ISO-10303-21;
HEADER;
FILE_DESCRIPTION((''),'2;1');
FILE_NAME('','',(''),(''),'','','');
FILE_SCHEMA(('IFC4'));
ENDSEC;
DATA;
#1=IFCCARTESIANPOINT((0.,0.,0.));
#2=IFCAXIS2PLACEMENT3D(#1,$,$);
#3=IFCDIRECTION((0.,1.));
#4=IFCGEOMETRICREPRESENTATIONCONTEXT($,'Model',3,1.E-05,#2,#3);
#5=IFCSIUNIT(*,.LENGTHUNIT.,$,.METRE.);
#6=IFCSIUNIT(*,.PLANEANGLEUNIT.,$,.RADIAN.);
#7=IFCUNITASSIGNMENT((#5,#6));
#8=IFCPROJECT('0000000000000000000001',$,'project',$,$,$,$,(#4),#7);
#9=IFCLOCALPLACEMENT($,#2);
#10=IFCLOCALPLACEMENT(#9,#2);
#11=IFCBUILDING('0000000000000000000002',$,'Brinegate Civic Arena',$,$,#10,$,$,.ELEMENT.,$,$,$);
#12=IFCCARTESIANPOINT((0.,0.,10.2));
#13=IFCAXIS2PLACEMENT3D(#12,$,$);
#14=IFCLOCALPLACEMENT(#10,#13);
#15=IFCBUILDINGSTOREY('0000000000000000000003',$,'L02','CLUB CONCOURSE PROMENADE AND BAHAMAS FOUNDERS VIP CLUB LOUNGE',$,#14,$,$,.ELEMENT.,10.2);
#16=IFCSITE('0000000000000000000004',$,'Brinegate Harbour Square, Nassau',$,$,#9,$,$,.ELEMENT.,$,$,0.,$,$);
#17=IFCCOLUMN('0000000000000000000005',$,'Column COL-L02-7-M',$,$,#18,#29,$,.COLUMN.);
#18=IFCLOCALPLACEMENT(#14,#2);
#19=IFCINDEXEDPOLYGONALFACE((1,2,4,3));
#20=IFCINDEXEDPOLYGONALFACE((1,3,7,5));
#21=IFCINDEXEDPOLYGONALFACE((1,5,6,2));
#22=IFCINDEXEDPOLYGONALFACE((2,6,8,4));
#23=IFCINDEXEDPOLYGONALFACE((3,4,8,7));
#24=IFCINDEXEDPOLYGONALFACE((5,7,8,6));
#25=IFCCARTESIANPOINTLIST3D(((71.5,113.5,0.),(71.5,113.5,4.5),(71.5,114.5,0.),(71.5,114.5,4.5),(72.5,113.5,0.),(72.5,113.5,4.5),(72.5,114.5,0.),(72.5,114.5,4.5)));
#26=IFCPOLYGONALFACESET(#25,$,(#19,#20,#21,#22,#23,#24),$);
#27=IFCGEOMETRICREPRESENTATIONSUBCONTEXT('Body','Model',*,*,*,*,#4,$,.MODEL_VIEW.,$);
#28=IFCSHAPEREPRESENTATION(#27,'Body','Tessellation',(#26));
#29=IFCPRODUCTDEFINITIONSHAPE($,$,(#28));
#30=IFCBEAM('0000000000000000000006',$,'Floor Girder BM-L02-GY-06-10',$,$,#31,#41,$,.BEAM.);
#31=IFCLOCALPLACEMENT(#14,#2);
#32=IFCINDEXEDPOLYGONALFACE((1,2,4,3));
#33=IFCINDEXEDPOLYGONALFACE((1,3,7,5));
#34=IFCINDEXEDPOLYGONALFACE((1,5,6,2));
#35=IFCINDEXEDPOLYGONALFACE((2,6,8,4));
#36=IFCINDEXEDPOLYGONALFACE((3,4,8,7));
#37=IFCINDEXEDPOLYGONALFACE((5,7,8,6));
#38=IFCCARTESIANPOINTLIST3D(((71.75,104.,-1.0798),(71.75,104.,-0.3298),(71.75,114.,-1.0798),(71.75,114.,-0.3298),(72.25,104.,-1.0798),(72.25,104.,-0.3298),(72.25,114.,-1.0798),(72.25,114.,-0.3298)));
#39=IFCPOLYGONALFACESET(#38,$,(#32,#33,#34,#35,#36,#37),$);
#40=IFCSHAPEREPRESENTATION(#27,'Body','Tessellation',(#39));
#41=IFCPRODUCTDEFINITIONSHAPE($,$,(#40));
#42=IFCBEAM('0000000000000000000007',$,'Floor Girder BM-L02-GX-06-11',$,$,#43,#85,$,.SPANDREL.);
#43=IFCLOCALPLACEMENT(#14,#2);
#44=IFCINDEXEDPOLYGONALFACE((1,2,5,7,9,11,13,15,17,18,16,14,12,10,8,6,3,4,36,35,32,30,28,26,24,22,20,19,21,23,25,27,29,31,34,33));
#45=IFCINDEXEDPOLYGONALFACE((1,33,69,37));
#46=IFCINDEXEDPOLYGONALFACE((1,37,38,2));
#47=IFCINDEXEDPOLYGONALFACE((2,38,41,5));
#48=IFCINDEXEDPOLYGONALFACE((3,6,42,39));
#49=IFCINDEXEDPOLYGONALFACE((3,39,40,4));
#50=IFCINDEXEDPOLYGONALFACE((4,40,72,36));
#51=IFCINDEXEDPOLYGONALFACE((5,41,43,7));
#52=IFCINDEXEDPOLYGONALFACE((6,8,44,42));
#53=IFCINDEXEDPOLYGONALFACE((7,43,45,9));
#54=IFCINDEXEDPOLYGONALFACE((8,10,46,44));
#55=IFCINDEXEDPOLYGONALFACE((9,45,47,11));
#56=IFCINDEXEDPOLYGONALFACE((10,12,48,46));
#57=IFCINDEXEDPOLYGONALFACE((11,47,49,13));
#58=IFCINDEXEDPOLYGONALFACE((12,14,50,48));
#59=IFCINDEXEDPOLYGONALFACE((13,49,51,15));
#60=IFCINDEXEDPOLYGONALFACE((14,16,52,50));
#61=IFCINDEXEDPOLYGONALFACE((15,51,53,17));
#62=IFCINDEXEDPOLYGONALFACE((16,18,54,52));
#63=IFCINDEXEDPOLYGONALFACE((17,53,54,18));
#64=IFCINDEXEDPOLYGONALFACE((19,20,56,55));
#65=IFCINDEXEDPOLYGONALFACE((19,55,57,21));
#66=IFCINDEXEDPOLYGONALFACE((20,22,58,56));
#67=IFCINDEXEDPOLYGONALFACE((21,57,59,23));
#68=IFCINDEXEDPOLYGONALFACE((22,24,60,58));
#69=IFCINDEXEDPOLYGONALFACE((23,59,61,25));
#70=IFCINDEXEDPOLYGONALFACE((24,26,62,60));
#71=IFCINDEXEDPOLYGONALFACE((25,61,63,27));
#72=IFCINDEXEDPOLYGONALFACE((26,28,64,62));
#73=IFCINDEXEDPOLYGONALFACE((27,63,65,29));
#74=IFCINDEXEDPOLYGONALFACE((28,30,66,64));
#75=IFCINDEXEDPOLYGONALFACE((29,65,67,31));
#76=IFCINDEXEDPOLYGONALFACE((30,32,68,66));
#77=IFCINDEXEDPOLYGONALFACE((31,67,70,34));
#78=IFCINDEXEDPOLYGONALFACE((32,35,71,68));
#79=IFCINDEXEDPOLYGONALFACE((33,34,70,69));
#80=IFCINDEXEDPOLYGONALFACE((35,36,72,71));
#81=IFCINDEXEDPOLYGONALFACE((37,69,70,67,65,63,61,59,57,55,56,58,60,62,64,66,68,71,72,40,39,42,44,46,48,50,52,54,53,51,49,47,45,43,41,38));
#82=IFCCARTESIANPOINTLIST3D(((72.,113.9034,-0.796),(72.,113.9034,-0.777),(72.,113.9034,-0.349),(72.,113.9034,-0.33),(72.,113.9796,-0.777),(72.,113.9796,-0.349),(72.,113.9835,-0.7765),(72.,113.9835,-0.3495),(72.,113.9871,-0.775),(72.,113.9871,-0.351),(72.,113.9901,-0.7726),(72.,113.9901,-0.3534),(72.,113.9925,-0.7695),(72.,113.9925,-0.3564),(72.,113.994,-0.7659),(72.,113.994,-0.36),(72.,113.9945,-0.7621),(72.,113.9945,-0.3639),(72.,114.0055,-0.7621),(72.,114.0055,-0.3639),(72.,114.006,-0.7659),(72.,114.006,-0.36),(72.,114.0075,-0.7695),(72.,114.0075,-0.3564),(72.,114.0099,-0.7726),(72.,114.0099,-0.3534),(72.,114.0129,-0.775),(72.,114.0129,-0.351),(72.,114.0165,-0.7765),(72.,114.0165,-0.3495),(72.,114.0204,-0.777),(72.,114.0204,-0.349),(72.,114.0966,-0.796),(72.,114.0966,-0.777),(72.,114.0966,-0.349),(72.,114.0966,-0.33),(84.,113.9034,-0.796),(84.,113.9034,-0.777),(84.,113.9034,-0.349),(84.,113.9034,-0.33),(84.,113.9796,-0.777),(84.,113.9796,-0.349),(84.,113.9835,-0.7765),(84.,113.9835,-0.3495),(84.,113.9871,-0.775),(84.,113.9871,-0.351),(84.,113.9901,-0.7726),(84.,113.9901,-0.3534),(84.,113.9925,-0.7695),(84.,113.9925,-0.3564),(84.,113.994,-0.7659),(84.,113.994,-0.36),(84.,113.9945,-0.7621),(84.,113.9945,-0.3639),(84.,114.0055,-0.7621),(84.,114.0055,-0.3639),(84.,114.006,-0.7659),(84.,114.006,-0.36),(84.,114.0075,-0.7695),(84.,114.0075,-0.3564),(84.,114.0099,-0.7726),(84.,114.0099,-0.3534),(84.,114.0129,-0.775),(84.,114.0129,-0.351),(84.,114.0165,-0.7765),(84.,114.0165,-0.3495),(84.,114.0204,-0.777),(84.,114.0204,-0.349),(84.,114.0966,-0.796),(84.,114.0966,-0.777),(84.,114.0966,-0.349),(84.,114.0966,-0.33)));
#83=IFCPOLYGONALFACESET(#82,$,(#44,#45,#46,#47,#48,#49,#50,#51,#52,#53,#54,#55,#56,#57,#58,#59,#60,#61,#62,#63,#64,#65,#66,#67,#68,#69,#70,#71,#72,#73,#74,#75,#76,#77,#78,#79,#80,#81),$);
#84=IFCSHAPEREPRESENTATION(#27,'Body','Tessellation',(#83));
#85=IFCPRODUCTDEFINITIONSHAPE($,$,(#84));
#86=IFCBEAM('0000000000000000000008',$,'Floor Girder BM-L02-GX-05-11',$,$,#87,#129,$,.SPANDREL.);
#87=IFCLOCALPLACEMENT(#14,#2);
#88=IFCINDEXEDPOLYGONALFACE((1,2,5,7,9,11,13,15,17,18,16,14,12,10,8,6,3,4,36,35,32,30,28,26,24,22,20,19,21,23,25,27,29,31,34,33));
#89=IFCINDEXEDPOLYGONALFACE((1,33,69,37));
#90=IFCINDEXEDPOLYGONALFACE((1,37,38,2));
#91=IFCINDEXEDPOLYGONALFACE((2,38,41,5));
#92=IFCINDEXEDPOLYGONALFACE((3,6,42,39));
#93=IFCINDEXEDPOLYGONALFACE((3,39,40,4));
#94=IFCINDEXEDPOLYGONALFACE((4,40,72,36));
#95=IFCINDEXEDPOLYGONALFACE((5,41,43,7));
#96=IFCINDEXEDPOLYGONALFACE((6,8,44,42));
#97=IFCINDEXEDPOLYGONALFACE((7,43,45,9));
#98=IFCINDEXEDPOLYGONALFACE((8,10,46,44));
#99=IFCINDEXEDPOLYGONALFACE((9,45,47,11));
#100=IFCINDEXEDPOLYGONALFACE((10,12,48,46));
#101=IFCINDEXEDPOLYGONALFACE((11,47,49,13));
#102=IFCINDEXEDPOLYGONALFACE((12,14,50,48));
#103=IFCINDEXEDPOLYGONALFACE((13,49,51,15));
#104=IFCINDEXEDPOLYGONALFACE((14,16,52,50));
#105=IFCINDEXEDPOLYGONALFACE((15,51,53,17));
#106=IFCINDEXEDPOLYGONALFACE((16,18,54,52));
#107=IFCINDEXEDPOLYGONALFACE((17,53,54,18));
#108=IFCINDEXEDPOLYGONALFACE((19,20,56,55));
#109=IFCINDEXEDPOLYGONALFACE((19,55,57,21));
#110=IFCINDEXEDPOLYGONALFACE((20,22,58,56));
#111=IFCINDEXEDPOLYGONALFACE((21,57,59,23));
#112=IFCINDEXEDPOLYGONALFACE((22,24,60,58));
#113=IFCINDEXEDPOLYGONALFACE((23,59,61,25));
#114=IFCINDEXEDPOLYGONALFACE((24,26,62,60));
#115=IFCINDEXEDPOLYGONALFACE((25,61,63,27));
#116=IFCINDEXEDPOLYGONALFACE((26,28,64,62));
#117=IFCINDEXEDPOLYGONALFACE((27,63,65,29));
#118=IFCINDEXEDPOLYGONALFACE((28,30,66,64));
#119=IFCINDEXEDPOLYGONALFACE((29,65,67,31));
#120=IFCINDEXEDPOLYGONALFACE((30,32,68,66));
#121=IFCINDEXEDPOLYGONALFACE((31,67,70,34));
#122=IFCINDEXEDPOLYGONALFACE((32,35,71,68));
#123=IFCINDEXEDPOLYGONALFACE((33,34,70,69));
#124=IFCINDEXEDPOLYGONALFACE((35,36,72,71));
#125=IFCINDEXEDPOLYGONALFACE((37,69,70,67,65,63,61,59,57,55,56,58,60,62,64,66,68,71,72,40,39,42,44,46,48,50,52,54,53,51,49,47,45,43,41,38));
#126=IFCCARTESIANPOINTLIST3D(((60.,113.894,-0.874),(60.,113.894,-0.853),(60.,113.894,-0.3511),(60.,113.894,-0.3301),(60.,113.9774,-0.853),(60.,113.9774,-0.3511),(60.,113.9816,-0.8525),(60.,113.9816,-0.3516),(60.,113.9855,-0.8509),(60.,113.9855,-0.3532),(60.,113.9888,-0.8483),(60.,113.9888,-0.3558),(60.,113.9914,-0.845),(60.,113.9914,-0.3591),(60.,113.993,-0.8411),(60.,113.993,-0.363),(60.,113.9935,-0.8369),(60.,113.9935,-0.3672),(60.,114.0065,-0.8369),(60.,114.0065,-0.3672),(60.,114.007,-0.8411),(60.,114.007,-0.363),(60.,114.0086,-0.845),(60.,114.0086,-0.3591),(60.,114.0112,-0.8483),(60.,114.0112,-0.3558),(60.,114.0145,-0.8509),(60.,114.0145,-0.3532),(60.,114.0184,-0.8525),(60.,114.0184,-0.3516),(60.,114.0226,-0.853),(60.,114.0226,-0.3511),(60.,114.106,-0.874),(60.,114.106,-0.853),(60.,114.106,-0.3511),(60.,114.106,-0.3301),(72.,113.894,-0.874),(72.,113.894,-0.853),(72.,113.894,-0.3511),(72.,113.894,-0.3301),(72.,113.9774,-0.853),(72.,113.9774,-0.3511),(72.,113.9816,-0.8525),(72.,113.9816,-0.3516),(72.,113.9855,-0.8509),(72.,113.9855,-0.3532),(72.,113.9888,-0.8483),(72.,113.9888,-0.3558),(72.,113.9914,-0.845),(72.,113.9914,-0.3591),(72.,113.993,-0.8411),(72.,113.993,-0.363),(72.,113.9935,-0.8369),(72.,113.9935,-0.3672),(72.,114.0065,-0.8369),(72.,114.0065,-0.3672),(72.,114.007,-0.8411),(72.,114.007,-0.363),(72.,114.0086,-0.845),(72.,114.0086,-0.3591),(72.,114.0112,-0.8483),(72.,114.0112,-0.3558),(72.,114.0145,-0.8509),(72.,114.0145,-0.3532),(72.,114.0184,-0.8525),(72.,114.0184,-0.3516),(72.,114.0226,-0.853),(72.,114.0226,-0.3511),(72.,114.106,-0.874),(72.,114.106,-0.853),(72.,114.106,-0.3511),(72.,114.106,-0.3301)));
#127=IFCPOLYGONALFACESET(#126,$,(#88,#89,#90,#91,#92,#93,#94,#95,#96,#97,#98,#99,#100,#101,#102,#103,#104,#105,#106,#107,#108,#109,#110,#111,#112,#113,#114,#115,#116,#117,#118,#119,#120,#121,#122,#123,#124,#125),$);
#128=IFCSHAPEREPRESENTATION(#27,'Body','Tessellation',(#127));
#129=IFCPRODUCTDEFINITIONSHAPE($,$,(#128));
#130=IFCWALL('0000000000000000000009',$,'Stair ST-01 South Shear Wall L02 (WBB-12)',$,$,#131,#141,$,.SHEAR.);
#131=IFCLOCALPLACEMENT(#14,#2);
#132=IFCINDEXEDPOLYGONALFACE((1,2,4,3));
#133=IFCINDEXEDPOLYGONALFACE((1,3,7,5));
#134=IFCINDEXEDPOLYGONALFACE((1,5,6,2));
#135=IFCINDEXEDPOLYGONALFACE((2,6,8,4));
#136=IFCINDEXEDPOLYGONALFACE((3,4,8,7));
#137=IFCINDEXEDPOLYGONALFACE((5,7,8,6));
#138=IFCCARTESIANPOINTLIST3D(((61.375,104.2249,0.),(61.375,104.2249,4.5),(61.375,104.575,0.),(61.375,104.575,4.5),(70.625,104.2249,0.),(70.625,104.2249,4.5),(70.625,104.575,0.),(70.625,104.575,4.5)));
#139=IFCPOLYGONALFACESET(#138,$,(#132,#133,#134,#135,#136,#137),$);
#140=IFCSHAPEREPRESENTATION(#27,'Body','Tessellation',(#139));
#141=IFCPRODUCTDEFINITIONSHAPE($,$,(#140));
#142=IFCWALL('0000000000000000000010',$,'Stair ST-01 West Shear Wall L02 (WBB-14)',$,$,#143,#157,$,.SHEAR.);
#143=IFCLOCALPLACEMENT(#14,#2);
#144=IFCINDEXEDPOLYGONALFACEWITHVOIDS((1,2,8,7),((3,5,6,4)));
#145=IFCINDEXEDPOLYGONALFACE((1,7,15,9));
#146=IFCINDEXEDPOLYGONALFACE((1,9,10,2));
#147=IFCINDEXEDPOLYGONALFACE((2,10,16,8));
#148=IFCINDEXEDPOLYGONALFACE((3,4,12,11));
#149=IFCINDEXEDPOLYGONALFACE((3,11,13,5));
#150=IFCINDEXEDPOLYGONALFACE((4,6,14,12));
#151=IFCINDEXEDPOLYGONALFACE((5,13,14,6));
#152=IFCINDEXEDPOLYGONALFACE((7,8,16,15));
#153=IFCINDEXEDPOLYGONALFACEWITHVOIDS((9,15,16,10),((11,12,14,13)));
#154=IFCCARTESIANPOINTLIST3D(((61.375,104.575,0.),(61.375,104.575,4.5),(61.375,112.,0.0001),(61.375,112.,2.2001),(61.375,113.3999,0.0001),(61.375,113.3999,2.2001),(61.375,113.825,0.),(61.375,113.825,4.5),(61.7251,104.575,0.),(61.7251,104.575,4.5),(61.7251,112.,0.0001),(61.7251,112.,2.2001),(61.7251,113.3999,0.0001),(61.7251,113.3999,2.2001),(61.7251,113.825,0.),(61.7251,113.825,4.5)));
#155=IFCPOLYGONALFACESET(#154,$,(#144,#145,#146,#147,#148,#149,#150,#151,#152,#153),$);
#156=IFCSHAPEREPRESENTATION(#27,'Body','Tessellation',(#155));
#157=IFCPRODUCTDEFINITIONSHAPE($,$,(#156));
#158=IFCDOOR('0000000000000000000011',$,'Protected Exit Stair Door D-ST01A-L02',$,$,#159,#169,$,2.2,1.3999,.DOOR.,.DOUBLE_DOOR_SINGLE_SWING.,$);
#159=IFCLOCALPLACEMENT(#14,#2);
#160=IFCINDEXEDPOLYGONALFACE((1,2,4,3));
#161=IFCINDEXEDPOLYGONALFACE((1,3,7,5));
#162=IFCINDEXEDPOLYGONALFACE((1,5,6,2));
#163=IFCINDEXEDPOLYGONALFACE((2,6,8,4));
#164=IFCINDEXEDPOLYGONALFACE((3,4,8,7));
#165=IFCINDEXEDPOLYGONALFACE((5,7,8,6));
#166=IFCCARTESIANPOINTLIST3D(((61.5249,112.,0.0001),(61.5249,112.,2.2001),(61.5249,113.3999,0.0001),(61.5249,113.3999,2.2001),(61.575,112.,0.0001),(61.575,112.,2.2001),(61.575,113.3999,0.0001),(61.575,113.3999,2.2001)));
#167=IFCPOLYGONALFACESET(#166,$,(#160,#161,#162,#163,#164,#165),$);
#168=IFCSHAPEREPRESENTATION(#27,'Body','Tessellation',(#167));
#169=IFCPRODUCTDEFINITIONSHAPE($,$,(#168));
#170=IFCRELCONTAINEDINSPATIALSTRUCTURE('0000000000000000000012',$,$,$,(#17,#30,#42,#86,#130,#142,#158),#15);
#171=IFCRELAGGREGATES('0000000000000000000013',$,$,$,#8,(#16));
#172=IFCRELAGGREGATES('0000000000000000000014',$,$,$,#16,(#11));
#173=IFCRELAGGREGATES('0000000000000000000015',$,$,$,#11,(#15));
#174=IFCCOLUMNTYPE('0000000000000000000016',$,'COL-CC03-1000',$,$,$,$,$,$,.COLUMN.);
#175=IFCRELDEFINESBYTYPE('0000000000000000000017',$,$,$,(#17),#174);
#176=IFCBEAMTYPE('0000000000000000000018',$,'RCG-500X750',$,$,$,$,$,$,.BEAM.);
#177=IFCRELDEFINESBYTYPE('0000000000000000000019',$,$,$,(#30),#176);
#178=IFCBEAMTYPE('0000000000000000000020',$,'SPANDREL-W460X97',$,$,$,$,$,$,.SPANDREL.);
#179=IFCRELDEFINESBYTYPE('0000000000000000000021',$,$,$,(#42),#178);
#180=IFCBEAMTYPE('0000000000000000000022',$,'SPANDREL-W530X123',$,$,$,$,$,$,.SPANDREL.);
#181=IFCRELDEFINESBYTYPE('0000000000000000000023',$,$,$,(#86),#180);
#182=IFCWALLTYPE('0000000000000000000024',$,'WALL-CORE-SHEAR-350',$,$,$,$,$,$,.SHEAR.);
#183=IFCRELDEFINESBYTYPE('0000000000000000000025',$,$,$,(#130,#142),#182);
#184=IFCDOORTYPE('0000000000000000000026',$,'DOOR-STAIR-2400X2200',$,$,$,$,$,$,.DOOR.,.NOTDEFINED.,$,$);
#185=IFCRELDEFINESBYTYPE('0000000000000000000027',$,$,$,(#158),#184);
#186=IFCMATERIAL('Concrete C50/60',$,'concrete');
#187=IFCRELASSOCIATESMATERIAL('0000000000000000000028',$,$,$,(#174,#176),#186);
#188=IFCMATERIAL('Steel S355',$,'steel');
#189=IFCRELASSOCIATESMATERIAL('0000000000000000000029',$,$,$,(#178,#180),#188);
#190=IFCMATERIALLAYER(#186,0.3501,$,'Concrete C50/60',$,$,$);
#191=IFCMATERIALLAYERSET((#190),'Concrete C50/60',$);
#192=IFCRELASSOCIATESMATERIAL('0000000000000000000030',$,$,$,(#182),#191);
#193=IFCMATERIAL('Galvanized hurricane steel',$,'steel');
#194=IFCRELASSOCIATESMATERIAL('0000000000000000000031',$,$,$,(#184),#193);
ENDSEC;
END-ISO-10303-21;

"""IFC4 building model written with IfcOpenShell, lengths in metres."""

from ifc_helpers import new_model, si_unit, direction, frame, frame_2d, origin, origin_2d, place, context, subcontext, project, spatial, rectangle, i_section, extrude, material, layer, layer_set, material_profile, profile_set, type_object, element, fill, save


model = new_model("IFC4")

# Units and contexts
model_context = context("Model", 3, precision=1e-05, world=origin(), true_north=direction((0.0, 1.0)))
body_context = subcontext(model_context, "Body", "Model", "MODEL_VIEW")
ifc_project = project(units=[si_unit("LENGTHUNIT", "METRE"), si_unit("PLANEANGLEUNIT", "RADIAN")], contexts=[model_context])

# Site, building, storey
site_placement = place(None, origin())
site = spatial("IfcSite", under=ifc_project, at=site_placement, Name="Brinegate Harbour Square, Nassau", CompositionType="ELEMENT", RefElevation=0.0)
building_placement = place(site_placement, origin())
building = spatial("IfcBuilding", under=site, at=building_placement, Name="Brinegate Civic Arena", CompositionType="ELEMENT")
storey_placement = place(building_placement, frame((0.0, 0.0, 10.2)))
storey = spatial("IfcBuildingStorey", under=building, at=storey_placement, Name="L02", Description="CLUB CONCOURSE PROMENADE AND BAHAMAS FOUNDERS VIP CLUB LOUNGE", CompositionType="ELEMENT", Elevation=10.2)

# Column
ifc_material_1 = material(Name="Concrete C50/60", Category="concrete")
ifc_material_profile_1 = material_profile(ifc_material_1, rectangle(XDim=1.0, YDim=1.0, at=origin_2d()), Name="RC1000X1000")
ifc_profile_set_1 = profile_set([ifc_material_profile_1], Name="Concrete C50/60")
column_type = type_object("IfcColumnType", Name="COL-CC03-1000", PredefinedType="COLUMN", material=ifc_profile_set_1)
column_placement = place(storey_placement, frame((72.0, 114.0, 0.0), z_axis=(0.0, 0.0, 1.0), x_axis=(1.0, 0.0, 0.0)))
element("IfcColumn", 1, at=column_placement, inside=storey, type_object=column_type, Name="Column COL-L02-7-M", PredefinedType="COLUMN", context=body_context, shape_type="SweptSolid", body=[
    extrude(rectangle(XDim=1.0, YDim=1.0, at=origin_2d()), origin(), (0.0, 0.0, 1.0), 4.5),
])

# Beams
ifc_material_profile_2 = material_profile(ifc_material_1, rectangle(XDim=0.5, YDim=0.75, at=origin_2d()), Name="RCB500X750")
ifc_profile_set_2 = profile_set([ifc_material_profile_2], Name="Concrete C50/60")
beam_type_1 = type_object("IfcBeamType", Name="RCG-500X750", PredefinedType="BEAM", material=ifc_profile_set_2)
beam_1_placement = place(storey_placement, frame((72.0, 104.0, -0.7048), z_axis=(0.0, 1.0, 0.0), x_axis=(-1.0, 0.0, 0.0)))
element("IfcBeam", 2, at=beam_1_placement, inside=storey, type_object=beam_type_1, Name="Floor Girder BM-L02-GY-06-10", PredefinedType="BEAM", context=body_context, shape_type="SweptSolid", body=[
    extrude(rectangle(XDim=0.5, YDim=0.75, at=origin_2d()), origin(), (0.0, 0.0, 1.0), 10.0),
])
ifc_material_2 = material(Name="Steel S355", Category="steel")
ifc_material_profile_3 = material_profile(ifc_material_2, i_section(OverallWidth=0.1931, OverallDepth=0.4661, WebThickness=0.011, FlangeThickness=0.019, FilletRadius=0.0149, at=origin_2d()), Name="W460X97")
ifc_profile_set_3 = profile_set([ifc_material_profile_3], Name="Steel S355")
beam_type_2 = type_object("IfcBeamType", Name="SPANDREL-W460X97", PredefinedType="SPANDREL", material=ifc_profile_set_3)
beam_2_placement = place(storey_placement, frame((72.0, 114.0, -0.563), z_axis=(1.0, 0.0, 0.0), x_axis=(0.0, 1.0, 0.0)))
element("IfcBeam", 3, at=beam_2_placement, inside=storey, type_object=beam_type_2, Name="Floor Girder BM-L02-GX-06-11", PredefinedType="SPANDREL", context=body_context, shape_type="SweptSolid", body=[
    extrude(i_section(OverallWidth=0.1931, OverallDepth=0.4661, WebThickness=0.011, FlangeThickness=0.019, FilletRadius=0.0149, at=origin_2d()), origin(), (0.0, 0.0, 1.0), 12.0),
])
ifc_material_profile_4 = material_profile(ifc_material_2, i_section(OverallWidth=0.2119, OverallDepth=0.5439, WebThickness=0.0129, FlangeThickness=0.021, FilletRadius=0.0161, at=origin_2d()), Name="W530X123")
ifc_profile_set_4 = profile_set([ifc_material_profile_4], Name="Steel S355")
beam_type_3 = type_object("IfcBeamType", Name="SPANDREL-W530X123", PredefinedType="SPANDREL", material=ifc_profile_set_4)
beam_3_placement = place(storey_placement, frame((60.0, 114.0, -0.6021), z_axis=(1.0, 0.0, 0.0), x_axis=(0.0, 1.0, 0.0)))
element("IfcBeam", 4, at=beam_3_placement, inside=storey, type_object=beam_type_3, Name="Floor Girder BM-L02-GX-05-11", PredefinedType="SPANDREL", context=body_context, shape_type="SweptSolid", body=[
    extrude(i_section(OverallWidth=0.2119, OverallDepth=0.5439, WebThickness=0.0129, FlangeThickness=0.021, FilletRadius=0.0161, at=origin_2d()), origin(), (0.0, 0.0, 1.0), 12.0),
])

# Wall
ifc_layer_1 = layer(ifc_material_1, 0.3501, Name="Concrete C50/60")
ifc_layer_set_1 = layer_set([ifc_layer_1], Name="Concrete C50/60")
wall_type_1 = type_object("IfcWallType", Name="WALL-CORE-SHEAR-350", PredefinedType="SHEAR", material=ifc_layer_set_1)
wall_1_placement = place(storey_placement, frame((61.375, 104.3999, 0.0), z_axis=(0.0, 0.0, 1.0), x_axis=(1.0, 0.0, 0.0)))
element("IfcWall", 5, at=wall_1_placement, inside=storey, type_object=wall_type_1, Name="Stair ST-01 South Shear Wall L02 (WBB-12)", PredefinedType="SHEAR", context=body_context, shape_type="SweptSolid", body=[
    extrude(rectangle(XDim=9.25, YDim=0.3501, at=frame_2d((4.625, 0.0))), origin(), (0.0, 0.0, 1.0), 4.5),
])

# Wall, opening, door
wall_2_placement = place(storey_placement, frame((61.55, 104.575, 0.0), z_axis=(0.0, 0.0, 1.0), x_axis=(0.0, 1.0, 0.0)))
wall_2 = element("IfcWall", 6, at=wall_2_placement, inside=storey, type_object=wall_type_1, Name="Stair ST-01 West Shear Wall L02 (WBB-14)", PredefinedType="SHEAR", context=body_context, shape_type="SweptSolid", body=[
    extrude(rectangle(XDim=9.25, YDim=0.3501, at=frame_2d((4.625, 0.0))), origin(), (0.0, 0.0, 1.0), 4.5),
])
opening_1_placement = place(wall_2_placement, frame((7.425, 0.0, 0.0)))
opening_1 = element("IfcOpeningElement", 7, at=opening_1_placement, cuts=wall_2, PredefinedType="OPENING", context=body_context, shape_type="SweptSolid", body=[
    extrude(rectangle(XDim=1.3999, YDim=2.2, at=frame_2d((0.7, 1.1001))), frame((0.0, 0.1851, 0.0), z_axis=(0.0, -1.0, 0.0), x_axis=(1.0, 0.0, 0.0)), (0.0, 0.0, 1.0), 0.3701),
])
ifc_material_3 = material(Name="Galvanized hurricane steel", Category="steel")
door_type_1 = type_object("IfcDoorType", Name="DOOR-STAIR-2400X2200", OperationType="NOTDEFINED", PredefinedType="DOOR", material=ifc_material_3)
door_1_placement = place(opening_1_placement, frame((1.3999, 0.0, 0.0), z_axis=(0.0, 0.0, 1.0), x_axis=(-1.0, 0.0, 0.0)))
door_1 = element("IfcDoor", 8, at=door_1_placement, inside=storey, type_object=door_type_1, Name="Protected Exit Stair Door D-ST01A-L02", OperationType="DOUBLE_DOOR_SINGLE_SWING", OverallHeight=2.2, OverallWidth=1.3999, PredefinedType="DOOR", context=body_context, shape_type="SweptSolid", body=[
    extrude(rectangle(XDim=1.3999, YDim=2.2, at=frame_2d((0.7, 1.1001))), frame((0.0, 0.0249, 0.0), z_axis=(0.0, -1.0, 0.0), x_axis=(1.0, 0.0, 0.0)), (0.0, 0.0, 1.0), 0.05),
])
fill(opening_1, door_1)

save(model, "model.ifc")
